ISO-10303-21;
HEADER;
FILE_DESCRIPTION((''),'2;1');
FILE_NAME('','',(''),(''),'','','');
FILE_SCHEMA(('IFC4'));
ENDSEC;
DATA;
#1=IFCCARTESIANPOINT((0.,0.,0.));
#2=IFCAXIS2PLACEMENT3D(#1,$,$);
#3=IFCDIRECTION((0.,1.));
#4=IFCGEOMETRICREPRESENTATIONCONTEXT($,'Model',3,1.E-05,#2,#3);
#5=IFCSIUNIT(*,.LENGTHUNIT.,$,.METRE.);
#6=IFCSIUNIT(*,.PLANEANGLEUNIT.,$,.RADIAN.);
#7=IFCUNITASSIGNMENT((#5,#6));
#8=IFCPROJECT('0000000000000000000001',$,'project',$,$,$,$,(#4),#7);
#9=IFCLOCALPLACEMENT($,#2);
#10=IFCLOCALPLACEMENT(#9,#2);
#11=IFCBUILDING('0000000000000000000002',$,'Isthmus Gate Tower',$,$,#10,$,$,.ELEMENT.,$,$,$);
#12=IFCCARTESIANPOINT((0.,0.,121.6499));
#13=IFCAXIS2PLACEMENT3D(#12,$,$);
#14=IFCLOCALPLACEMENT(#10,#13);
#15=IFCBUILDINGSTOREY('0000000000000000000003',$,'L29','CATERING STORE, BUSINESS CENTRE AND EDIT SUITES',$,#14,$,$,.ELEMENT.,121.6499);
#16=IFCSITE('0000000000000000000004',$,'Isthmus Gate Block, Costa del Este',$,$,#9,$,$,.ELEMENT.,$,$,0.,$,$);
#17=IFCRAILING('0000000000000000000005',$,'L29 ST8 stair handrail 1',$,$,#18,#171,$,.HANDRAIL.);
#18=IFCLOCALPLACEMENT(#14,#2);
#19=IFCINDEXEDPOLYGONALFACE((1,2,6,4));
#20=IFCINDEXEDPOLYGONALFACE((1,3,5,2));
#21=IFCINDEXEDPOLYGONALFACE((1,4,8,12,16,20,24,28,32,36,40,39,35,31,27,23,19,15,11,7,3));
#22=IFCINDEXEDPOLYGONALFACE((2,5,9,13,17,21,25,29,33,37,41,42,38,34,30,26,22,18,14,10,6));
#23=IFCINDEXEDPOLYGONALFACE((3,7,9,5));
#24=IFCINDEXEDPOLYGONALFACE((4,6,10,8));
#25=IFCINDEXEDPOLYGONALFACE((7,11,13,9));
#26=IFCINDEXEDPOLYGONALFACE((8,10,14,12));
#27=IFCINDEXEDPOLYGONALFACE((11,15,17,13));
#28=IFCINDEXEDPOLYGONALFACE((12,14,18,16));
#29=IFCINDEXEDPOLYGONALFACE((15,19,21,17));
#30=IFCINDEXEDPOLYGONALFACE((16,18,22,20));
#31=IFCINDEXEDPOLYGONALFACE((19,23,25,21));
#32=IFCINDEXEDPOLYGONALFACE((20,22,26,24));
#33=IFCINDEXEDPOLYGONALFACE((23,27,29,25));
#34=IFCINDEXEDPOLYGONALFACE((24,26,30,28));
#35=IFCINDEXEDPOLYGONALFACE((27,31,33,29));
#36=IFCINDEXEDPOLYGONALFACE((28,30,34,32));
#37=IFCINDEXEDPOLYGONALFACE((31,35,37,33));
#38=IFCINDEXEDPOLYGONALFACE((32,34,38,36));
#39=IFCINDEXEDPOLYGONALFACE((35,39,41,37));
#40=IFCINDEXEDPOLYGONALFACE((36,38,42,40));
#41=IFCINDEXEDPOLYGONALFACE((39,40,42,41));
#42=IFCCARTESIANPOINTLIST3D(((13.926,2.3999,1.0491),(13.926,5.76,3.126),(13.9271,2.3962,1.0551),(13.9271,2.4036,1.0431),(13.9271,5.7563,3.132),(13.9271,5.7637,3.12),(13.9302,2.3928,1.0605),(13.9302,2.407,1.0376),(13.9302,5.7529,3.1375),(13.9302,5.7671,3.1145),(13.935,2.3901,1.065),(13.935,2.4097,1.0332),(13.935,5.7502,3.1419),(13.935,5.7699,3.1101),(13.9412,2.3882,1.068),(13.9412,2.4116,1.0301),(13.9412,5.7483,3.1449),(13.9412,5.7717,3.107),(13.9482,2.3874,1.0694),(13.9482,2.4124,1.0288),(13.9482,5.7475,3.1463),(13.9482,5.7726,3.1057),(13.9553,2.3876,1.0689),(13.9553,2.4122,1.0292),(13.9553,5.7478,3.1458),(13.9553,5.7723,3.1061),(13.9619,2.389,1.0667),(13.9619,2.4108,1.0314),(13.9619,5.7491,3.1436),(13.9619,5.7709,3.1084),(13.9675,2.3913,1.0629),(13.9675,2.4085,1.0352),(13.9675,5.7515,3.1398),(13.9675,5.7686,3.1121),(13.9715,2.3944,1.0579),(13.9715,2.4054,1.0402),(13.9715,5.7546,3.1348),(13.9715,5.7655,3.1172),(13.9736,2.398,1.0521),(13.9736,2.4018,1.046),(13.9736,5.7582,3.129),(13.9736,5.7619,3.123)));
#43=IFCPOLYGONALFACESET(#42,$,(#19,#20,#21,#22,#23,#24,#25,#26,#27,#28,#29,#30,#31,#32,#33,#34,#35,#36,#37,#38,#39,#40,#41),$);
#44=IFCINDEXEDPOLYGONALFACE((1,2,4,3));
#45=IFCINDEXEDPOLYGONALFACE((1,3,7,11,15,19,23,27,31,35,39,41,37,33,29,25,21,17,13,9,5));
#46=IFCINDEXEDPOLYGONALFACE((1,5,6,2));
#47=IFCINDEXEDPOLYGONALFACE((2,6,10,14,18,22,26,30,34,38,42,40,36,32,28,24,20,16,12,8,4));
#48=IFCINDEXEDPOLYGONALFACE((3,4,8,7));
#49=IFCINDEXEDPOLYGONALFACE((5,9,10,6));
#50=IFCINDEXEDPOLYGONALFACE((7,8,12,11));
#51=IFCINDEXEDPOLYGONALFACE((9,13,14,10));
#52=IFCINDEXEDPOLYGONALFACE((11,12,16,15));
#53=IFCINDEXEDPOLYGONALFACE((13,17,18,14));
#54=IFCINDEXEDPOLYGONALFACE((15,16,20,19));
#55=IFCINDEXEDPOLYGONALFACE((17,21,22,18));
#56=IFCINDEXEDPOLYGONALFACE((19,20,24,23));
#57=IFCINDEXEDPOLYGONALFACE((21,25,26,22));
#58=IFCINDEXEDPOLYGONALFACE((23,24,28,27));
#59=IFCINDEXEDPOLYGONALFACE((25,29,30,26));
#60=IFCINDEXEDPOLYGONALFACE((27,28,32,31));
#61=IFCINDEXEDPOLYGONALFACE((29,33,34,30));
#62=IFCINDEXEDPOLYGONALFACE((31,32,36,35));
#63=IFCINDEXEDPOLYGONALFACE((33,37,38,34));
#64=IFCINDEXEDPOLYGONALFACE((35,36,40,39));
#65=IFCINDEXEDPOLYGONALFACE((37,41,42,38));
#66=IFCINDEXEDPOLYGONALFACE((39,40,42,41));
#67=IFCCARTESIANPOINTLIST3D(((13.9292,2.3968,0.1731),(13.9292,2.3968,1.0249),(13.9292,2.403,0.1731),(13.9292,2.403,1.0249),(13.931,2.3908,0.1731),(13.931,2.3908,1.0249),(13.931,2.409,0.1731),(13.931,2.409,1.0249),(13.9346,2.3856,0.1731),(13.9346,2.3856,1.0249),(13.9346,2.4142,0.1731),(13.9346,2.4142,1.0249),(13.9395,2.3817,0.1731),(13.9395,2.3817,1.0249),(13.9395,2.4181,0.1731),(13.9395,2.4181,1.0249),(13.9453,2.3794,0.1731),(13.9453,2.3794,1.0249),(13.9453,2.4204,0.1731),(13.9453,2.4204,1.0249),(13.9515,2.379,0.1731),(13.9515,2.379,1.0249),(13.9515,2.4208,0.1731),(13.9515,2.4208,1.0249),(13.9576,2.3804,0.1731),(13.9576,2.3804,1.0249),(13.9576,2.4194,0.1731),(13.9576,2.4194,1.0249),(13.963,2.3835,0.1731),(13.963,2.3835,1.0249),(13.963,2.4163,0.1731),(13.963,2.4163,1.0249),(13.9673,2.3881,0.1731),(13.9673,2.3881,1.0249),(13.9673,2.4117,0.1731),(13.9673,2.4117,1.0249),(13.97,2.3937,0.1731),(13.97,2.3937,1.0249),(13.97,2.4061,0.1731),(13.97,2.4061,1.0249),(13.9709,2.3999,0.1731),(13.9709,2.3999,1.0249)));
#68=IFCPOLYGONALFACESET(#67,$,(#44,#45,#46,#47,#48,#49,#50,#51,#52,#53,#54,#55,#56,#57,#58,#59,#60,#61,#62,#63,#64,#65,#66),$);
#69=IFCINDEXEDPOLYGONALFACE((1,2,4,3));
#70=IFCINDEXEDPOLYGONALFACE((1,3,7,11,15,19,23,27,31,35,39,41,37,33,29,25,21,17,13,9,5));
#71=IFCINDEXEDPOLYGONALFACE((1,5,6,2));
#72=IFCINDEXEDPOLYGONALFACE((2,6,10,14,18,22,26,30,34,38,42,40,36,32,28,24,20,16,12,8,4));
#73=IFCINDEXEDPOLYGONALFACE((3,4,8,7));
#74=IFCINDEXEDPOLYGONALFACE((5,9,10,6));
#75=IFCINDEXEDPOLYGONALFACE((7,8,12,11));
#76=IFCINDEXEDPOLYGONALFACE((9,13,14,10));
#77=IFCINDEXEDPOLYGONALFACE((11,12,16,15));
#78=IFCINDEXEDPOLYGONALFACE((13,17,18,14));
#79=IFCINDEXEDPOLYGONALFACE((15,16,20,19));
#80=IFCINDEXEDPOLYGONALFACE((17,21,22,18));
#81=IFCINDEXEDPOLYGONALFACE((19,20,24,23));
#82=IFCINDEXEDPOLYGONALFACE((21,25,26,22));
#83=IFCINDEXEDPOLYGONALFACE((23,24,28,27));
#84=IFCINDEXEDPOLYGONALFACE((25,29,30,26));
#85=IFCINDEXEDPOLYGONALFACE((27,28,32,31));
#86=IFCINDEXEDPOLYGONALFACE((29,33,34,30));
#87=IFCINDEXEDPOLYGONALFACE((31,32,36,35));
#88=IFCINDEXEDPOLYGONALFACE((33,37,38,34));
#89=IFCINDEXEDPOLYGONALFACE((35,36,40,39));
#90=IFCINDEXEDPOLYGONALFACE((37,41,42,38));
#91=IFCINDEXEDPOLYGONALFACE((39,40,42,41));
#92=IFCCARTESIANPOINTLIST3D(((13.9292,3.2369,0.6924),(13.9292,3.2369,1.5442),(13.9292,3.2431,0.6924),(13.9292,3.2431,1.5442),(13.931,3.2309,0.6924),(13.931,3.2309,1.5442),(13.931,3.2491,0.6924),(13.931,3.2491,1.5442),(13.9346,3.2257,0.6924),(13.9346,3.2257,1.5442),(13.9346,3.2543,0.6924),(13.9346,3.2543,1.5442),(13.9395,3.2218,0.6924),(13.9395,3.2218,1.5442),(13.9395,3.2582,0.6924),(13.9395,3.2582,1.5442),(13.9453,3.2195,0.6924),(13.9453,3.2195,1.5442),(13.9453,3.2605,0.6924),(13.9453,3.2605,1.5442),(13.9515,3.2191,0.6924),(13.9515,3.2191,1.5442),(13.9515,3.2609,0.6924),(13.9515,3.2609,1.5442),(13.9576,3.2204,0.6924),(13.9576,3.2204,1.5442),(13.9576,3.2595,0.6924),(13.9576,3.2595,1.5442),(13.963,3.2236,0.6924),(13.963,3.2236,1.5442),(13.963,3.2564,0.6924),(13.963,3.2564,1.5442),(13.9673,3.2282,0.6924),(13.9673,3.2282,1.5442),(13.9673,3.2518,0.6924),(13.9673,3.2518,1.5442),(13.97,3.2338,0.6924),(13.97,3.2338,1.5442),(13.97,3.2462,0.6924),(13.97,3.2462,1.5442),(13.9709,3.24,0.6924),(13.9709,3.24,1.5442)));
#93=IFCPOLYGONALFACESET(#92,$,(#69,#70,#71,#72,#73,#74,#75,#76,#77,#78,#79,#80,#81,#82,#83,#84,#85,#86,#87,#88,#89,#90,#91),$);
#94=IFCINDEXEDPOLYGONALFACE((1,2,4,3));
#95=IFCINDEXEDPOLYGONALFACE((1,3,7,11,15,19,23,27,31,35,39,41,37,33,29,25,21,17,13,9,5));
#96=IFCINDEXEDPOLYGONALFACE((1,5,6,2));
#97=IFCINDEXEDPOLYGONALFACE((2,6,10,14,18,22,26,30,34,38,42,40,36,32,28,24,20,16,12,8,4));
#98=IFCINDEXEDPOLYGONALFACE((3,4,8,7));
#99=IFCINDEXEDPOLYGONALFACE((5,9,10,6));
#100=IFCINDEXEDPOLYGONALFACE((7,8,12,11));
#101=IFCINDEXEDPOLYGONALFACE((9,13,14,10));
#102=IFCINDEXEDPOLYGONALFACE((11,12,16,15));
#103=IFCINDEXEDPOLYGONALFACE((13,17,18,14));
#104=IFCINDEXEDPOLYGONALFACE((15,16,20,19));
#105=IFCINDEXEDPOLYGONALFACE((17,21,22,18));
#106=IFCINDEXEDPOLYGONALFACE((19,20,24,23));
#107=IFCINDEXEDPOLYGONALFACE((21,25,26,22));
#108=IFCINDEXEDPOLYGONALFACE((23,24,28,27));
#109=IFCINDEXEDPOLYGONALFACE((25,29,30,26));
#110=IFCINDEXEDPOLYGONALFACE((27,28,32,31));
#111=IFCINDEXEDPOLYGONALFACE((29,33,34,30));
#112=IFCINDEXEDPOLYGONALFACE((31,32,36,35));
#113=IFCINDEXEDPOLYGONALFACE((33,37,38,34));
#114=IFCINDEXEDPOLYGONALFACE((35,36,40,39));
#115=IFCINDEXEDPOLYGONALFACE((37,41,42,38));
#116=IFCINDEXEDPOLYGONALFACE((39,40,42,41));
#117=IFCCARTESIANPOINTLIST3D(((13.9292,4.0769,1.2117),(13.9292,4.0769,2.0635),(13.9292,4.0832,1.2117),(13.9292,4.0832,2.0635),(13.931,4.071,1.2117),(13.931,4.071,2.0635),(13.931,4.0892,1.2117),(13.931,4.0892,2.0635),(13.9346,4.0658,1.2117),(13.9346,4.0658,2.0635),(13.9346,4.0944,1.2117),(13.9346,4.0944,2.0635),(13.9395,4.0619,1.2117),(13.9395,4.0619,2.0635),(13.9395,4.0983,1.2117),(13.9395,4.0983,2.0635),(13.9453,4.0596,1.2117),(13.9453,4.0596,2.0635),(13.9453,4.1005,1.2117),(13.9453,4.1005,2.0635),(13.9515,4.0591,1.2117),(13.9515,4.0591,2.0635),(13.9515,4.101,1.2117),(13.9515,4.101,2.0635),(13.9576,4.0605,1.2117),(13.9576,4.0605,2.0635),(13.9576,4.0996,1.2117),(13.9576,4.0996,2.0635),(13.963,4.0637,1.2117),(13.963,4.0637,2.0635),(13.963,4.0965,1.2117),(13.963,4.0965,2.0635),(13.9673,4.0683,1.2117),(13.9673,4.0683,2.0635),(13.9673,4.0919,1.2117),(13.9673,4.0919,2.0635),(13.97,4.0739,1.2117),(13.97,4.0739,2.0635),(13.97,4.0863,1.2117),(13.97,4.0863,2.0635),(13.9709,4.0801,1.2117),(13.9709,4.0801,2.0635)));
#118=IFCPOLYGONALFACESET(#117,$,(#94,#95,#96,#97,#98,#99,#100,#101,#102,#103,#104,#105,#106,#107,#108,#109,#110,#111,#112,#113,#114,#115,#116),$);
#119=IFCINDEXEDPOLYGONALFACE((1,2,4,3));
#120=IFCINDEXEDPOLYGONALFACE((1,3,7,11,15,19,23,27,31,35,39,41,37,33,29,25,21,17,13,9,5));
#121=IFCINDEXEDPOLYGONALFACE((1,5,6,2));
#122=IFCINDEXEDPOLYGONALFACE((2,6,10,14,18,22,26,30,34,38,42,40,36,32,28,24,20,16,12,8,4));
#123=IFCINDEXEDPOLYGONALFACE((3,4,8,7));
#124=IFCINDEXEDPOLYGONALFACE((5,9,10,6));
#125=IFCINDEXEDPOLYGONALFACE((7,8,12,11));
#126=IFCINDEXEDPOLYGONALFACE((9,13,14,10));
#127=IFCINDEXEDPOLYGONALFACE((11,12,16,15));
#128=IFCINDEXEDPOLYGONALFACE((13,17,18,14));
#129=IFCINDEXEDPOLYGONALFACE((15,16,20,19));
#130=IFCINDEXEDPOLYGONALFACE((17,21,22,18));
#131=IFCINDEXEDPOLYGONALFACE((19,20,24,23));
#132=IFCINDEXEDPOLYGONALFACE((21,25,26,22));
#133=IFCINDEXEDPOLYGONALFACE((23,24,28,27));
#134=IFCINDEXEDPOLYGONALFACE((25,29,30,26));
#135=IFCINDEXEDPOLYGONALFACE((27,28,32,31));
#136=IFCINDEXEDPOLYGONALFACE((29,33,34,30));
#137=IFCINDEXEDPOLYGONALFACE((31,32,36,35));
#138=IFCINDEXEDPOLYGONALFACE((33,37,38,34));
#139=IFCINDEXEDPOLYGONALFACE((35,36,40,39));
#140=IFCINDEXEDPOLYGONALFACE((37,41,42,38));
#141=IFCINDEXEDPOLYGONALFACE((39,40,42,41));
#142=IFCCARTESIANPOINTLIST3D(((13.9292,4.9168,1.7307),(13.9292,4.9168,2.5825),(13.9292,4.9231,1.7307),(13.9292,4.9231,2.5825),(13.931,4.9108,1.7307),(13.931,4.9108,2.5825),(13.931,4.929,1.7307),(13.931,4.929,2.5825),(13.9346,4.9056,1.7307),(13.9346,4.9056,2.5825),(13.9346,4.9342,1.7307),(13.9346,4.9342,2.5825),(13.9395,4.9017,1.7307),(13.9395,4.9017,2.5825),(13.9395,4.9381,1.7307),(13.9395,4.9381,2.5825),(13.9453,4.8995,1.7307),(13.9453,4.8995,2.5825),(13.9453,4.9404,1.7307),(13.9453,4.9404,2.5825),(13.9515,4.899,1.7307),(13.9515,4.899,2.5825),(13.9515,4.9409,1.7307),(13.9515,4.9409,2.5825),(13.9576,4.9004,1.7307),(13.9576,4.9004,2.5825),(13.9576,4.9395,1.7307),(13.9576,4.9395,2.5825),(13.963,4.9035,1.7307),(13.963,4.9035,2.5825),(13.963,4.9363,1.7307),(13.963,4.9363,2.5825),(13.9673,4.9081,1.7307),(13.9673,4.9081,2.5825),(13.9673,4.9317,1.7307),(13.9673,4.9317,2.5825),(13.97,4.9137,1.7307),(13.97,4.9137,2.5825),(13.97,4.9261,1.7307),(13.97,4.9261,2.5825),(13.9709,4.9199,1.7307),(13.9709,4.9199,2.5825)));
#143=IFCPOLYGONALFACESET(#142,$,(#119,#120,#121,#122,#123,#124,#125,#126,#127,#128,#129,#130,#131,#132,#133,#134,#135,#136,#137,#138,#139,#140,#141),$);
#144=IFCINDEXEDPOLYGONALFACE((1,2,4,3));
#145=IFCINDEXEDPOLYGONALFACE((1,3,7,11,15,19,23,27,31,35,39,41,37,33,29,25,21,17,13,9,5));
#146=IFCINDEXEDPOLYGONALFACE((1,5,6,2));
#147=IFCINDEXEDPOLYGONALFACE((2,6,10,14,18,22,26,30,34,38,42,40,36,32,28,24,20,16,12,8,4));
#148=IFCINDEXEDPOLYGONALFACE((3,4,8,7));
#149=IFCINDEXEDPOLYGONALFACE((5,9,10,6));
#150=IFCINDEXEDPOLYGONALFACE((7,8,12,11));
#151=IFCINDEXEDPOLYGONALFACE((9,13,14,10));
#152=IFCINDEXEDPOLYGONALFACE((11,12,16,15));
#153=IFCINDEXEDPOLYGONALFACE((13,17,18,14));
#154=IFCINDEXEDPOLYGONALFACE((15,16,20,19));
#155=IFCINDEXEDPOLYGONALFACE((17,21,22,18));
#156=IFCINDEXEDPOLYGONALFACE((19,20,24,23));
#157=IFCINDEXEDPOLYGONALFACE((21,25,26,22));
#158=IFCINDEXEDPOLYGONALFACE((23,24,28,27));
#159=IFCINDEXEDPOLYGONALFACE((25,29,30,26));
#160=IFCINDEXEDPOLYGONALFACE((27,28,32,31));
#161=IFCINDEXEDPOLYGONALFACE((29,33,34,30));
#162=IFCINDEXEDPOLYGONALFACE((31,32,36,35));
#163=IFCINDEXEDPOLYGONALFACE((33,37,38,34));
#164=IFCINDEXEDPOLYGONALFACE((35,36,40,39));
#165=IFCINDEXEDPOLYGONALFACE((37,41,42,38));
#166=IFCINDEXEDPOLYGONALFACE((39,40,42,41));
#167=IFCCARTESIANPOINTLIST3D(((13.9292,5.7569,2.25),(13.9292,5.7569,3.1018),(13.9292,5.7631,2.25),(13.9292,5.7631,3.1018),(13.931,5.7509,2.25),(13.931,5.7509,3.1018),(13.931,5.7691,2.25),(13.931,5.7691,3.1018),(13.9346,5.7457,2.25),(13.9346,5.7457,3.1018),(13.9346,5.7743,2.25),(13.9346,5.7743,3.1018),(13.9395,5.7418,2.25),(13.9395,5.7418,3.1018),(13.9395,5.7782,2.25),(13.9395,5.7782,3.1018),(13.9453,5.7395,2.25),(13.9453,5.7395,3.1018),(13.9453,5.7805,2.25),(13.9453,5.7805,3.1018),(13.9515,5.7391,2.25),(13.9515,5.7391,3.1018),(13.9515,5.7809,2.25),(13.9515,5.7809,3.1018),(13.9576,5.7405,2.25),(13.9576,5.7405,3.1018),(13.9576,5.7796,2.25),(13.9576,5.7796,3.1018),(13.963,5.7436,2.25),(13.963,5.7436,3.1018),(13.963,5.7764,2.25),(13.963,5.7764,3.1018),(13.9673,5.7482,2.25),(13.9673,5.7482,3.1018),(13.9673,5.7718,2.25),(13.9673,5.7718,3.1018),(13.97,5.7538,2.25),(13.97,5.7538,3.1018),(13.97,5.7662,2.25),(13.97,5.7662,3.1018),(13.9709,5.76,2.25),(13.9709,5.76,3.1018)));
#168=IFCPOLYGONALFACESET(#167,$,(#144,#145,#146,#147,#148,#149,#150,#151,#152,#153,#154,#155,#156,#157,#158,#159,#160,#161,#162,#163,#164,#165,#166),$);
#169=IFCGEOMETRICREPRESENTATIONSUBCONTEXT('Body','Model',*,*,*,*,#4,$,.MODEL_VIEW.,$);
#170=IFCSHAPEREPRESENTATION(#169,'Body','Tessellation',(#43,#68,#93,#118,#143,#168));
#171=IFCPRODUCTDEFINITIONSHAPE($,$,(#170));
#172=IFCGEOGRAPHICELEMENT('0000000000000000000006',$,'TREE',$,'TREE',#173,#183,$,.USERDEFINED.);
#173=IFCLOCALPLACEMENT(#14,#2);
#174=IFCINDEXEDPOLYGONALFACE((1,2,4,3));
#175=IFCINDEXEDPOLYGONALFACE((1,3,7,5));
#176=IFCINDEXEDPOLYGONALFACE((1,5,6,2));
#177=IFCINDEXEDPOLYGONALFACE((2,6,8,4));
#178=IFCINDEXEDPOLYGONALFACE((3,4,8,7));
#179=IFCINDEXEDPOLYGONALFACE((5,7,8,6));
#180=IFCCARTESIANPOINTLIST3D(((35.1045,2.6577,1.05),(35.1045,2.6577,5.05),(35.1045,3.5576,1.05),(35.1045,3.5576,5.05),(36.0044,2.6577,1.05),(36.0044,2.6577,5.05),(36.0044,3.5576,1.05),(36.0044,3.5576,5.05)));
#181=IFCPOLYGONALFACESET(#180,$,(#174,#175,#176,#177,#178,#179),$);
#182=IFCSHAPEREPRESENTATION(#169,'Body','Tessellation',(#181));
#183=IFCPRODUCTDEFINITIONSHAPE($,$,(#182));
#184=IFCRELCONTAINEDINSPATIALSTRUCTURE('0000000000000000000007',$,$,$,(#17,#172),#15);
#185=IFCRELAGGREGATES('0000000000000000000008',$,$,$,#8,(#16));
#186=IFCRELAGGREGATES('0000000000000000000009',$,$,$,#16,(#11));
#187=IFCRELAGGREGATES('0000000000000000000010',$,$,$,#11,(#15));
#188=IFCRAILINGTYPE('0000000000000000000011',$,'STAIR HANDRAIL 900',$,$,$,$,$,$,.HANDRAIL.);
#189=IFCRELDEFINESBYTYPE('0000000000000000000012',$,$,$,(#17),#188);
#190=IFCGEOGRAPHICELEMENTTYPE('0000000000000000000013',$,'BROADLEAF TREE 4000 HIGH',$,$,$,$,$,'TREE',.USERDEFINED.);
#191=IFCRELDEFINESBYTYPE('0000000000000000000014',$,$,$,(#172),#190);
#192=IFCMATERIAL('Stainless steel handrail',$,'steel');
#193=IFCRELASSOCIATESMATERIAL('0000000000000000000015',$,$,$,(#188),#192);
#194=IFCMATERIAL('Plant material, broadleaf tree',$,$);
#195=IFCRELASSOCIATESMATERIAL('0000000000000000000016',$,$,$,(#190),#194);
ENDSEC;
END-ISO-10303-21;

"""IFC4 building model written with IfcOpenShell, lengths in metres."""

from ifc_helpers import new_model, si_unit, direction, frame, origin, origin_2d, place, context, subcontext, project, spatial, rectangle, circle, extrude, material, type_object, element, save


model = new_model("IFC4")

# Units and contexts
model_context = context("Model", 3, precision=1e-05, world=origin(), true_north=direction((0.0, 1.0)))
body_context = subcontext(model_context, "Body", "Model", "MODEL_VIEW")
ifc_project = project(units=[si_unit("LENGTHUNIT", "METRE"), si_unit("PLANEANGLEUNIT", "RADIAN")], contexts=[model_context])

# Site, building, storey
site_placement = place(None, origin())
site = spatial("IfcSite", under=ifc_project, at=site_placement, Name="Isthmus Gate Block, Costa del Este", CompositionType="ELEMENT", RefElevation=0.0)
building_placement = place(site_placement, origin())
building = spatial("IfcBuilding", under=site, at=building_placement, Name="Isthmus Gate Tower", CompositionType="ELEMENT")
storey_placement = place(building_placement, frame((0.0, 0.0, 121.6499)))
storey = spatial("IfcBuildingStorey", under=building, at=storey_placement, Name="L29", Description="CATERING STORE, BUSINESS CENTRE AND EDIT SUITES", CompositionType="ELEMENT", Elevation=121.6499)

# Railing
ifc_material_1 = material(Name="Stainless steel handrail", Category="steel")
railing_type_1 = type_object("IfcRailingType", Name="STAIR HANDRAIL 900", PredefinedType="HANDRAIL", material=ifc_material_1)
for number, where, name in (
    (1, (13.95, 2.3999, 0.1731), "L29 ST8 stair handrail 1"),
):
    element("IfcRailing", number, at=place(storey_placement, frame(where)), inside=storey, type_object=railing_type_1, Name=name, PredefinedType="HANDRAIL", context=body_context, shape_type="SweptSolid", body=[
        extrude(circle(Radius=0.0239, at=origin_2d()), frame((0.0, 0.0, 0.876), z_axis=(0.0, 0.850623, 0.525776), x_axis=(-1.0, 0.0, 0.0)), (0.0, 0.0, 1.0), 3.9502),
        extrude(circle(Radius=0.021, at=origin_2d()), origin(), (0.0, 0.0, 1.0), 0.8518),
        extrude(circle(Radius=0.021, at=origin_2d()), frame((0.0, 0.8401, 0.5193)), (0.0, 0.0, 1.0), 0.8518),
        extrude(circle(Radius=0.021, at=origin_2d()), frame((0.0, 1.6802, 1.0386)), (0.0, 0.0, 1.0), 0.8518),
        extrude(circle(Radius=0.021, at=origin_2d()), frame((0.0, 2.52, 1.5576)), (0.0, 0.0, 1.0), 0.8518),
        extrude(circle(Radius=0.021, at=origin_2d()), frame((0.0, 3.3601, 2.0769)), (0.0, 0.0, 1.0), 0.8518),
    ])

# Geographic element
ifc_material_2 = material(Name="Plant material, broadleaf tree")
geographic_element_type = type_object("IfcGeographicElementType", Name="BROADLEAF TREE 4000 HIGH", ElementType="TREE", PredefinedType="USERDEFINED", material=ifc_material_2)
geographic_element_placement = place(storey_placement, frame((35.5544, 3.1077, 1.05), z_axis=(0.0, 0.0, 1.0), x_axis=(1.0, 0.0, 0.0)))
element("IfcGeographicElement", 2, at=geographic_element_placement, inside=storey, type_object=geographic_element_type, Name="TREE", ObjectType="TREE", PredefinedType="USERDEFINED", context=body_context, shape_type="SweptSolid", body=[
    extrude(rectangle(XDim=0.8999, YDim=0.8999, at=origin_2d()), origin(), (0.0, 0.0, 1.0), 4.0),
])

save(model, "model.ifc")
